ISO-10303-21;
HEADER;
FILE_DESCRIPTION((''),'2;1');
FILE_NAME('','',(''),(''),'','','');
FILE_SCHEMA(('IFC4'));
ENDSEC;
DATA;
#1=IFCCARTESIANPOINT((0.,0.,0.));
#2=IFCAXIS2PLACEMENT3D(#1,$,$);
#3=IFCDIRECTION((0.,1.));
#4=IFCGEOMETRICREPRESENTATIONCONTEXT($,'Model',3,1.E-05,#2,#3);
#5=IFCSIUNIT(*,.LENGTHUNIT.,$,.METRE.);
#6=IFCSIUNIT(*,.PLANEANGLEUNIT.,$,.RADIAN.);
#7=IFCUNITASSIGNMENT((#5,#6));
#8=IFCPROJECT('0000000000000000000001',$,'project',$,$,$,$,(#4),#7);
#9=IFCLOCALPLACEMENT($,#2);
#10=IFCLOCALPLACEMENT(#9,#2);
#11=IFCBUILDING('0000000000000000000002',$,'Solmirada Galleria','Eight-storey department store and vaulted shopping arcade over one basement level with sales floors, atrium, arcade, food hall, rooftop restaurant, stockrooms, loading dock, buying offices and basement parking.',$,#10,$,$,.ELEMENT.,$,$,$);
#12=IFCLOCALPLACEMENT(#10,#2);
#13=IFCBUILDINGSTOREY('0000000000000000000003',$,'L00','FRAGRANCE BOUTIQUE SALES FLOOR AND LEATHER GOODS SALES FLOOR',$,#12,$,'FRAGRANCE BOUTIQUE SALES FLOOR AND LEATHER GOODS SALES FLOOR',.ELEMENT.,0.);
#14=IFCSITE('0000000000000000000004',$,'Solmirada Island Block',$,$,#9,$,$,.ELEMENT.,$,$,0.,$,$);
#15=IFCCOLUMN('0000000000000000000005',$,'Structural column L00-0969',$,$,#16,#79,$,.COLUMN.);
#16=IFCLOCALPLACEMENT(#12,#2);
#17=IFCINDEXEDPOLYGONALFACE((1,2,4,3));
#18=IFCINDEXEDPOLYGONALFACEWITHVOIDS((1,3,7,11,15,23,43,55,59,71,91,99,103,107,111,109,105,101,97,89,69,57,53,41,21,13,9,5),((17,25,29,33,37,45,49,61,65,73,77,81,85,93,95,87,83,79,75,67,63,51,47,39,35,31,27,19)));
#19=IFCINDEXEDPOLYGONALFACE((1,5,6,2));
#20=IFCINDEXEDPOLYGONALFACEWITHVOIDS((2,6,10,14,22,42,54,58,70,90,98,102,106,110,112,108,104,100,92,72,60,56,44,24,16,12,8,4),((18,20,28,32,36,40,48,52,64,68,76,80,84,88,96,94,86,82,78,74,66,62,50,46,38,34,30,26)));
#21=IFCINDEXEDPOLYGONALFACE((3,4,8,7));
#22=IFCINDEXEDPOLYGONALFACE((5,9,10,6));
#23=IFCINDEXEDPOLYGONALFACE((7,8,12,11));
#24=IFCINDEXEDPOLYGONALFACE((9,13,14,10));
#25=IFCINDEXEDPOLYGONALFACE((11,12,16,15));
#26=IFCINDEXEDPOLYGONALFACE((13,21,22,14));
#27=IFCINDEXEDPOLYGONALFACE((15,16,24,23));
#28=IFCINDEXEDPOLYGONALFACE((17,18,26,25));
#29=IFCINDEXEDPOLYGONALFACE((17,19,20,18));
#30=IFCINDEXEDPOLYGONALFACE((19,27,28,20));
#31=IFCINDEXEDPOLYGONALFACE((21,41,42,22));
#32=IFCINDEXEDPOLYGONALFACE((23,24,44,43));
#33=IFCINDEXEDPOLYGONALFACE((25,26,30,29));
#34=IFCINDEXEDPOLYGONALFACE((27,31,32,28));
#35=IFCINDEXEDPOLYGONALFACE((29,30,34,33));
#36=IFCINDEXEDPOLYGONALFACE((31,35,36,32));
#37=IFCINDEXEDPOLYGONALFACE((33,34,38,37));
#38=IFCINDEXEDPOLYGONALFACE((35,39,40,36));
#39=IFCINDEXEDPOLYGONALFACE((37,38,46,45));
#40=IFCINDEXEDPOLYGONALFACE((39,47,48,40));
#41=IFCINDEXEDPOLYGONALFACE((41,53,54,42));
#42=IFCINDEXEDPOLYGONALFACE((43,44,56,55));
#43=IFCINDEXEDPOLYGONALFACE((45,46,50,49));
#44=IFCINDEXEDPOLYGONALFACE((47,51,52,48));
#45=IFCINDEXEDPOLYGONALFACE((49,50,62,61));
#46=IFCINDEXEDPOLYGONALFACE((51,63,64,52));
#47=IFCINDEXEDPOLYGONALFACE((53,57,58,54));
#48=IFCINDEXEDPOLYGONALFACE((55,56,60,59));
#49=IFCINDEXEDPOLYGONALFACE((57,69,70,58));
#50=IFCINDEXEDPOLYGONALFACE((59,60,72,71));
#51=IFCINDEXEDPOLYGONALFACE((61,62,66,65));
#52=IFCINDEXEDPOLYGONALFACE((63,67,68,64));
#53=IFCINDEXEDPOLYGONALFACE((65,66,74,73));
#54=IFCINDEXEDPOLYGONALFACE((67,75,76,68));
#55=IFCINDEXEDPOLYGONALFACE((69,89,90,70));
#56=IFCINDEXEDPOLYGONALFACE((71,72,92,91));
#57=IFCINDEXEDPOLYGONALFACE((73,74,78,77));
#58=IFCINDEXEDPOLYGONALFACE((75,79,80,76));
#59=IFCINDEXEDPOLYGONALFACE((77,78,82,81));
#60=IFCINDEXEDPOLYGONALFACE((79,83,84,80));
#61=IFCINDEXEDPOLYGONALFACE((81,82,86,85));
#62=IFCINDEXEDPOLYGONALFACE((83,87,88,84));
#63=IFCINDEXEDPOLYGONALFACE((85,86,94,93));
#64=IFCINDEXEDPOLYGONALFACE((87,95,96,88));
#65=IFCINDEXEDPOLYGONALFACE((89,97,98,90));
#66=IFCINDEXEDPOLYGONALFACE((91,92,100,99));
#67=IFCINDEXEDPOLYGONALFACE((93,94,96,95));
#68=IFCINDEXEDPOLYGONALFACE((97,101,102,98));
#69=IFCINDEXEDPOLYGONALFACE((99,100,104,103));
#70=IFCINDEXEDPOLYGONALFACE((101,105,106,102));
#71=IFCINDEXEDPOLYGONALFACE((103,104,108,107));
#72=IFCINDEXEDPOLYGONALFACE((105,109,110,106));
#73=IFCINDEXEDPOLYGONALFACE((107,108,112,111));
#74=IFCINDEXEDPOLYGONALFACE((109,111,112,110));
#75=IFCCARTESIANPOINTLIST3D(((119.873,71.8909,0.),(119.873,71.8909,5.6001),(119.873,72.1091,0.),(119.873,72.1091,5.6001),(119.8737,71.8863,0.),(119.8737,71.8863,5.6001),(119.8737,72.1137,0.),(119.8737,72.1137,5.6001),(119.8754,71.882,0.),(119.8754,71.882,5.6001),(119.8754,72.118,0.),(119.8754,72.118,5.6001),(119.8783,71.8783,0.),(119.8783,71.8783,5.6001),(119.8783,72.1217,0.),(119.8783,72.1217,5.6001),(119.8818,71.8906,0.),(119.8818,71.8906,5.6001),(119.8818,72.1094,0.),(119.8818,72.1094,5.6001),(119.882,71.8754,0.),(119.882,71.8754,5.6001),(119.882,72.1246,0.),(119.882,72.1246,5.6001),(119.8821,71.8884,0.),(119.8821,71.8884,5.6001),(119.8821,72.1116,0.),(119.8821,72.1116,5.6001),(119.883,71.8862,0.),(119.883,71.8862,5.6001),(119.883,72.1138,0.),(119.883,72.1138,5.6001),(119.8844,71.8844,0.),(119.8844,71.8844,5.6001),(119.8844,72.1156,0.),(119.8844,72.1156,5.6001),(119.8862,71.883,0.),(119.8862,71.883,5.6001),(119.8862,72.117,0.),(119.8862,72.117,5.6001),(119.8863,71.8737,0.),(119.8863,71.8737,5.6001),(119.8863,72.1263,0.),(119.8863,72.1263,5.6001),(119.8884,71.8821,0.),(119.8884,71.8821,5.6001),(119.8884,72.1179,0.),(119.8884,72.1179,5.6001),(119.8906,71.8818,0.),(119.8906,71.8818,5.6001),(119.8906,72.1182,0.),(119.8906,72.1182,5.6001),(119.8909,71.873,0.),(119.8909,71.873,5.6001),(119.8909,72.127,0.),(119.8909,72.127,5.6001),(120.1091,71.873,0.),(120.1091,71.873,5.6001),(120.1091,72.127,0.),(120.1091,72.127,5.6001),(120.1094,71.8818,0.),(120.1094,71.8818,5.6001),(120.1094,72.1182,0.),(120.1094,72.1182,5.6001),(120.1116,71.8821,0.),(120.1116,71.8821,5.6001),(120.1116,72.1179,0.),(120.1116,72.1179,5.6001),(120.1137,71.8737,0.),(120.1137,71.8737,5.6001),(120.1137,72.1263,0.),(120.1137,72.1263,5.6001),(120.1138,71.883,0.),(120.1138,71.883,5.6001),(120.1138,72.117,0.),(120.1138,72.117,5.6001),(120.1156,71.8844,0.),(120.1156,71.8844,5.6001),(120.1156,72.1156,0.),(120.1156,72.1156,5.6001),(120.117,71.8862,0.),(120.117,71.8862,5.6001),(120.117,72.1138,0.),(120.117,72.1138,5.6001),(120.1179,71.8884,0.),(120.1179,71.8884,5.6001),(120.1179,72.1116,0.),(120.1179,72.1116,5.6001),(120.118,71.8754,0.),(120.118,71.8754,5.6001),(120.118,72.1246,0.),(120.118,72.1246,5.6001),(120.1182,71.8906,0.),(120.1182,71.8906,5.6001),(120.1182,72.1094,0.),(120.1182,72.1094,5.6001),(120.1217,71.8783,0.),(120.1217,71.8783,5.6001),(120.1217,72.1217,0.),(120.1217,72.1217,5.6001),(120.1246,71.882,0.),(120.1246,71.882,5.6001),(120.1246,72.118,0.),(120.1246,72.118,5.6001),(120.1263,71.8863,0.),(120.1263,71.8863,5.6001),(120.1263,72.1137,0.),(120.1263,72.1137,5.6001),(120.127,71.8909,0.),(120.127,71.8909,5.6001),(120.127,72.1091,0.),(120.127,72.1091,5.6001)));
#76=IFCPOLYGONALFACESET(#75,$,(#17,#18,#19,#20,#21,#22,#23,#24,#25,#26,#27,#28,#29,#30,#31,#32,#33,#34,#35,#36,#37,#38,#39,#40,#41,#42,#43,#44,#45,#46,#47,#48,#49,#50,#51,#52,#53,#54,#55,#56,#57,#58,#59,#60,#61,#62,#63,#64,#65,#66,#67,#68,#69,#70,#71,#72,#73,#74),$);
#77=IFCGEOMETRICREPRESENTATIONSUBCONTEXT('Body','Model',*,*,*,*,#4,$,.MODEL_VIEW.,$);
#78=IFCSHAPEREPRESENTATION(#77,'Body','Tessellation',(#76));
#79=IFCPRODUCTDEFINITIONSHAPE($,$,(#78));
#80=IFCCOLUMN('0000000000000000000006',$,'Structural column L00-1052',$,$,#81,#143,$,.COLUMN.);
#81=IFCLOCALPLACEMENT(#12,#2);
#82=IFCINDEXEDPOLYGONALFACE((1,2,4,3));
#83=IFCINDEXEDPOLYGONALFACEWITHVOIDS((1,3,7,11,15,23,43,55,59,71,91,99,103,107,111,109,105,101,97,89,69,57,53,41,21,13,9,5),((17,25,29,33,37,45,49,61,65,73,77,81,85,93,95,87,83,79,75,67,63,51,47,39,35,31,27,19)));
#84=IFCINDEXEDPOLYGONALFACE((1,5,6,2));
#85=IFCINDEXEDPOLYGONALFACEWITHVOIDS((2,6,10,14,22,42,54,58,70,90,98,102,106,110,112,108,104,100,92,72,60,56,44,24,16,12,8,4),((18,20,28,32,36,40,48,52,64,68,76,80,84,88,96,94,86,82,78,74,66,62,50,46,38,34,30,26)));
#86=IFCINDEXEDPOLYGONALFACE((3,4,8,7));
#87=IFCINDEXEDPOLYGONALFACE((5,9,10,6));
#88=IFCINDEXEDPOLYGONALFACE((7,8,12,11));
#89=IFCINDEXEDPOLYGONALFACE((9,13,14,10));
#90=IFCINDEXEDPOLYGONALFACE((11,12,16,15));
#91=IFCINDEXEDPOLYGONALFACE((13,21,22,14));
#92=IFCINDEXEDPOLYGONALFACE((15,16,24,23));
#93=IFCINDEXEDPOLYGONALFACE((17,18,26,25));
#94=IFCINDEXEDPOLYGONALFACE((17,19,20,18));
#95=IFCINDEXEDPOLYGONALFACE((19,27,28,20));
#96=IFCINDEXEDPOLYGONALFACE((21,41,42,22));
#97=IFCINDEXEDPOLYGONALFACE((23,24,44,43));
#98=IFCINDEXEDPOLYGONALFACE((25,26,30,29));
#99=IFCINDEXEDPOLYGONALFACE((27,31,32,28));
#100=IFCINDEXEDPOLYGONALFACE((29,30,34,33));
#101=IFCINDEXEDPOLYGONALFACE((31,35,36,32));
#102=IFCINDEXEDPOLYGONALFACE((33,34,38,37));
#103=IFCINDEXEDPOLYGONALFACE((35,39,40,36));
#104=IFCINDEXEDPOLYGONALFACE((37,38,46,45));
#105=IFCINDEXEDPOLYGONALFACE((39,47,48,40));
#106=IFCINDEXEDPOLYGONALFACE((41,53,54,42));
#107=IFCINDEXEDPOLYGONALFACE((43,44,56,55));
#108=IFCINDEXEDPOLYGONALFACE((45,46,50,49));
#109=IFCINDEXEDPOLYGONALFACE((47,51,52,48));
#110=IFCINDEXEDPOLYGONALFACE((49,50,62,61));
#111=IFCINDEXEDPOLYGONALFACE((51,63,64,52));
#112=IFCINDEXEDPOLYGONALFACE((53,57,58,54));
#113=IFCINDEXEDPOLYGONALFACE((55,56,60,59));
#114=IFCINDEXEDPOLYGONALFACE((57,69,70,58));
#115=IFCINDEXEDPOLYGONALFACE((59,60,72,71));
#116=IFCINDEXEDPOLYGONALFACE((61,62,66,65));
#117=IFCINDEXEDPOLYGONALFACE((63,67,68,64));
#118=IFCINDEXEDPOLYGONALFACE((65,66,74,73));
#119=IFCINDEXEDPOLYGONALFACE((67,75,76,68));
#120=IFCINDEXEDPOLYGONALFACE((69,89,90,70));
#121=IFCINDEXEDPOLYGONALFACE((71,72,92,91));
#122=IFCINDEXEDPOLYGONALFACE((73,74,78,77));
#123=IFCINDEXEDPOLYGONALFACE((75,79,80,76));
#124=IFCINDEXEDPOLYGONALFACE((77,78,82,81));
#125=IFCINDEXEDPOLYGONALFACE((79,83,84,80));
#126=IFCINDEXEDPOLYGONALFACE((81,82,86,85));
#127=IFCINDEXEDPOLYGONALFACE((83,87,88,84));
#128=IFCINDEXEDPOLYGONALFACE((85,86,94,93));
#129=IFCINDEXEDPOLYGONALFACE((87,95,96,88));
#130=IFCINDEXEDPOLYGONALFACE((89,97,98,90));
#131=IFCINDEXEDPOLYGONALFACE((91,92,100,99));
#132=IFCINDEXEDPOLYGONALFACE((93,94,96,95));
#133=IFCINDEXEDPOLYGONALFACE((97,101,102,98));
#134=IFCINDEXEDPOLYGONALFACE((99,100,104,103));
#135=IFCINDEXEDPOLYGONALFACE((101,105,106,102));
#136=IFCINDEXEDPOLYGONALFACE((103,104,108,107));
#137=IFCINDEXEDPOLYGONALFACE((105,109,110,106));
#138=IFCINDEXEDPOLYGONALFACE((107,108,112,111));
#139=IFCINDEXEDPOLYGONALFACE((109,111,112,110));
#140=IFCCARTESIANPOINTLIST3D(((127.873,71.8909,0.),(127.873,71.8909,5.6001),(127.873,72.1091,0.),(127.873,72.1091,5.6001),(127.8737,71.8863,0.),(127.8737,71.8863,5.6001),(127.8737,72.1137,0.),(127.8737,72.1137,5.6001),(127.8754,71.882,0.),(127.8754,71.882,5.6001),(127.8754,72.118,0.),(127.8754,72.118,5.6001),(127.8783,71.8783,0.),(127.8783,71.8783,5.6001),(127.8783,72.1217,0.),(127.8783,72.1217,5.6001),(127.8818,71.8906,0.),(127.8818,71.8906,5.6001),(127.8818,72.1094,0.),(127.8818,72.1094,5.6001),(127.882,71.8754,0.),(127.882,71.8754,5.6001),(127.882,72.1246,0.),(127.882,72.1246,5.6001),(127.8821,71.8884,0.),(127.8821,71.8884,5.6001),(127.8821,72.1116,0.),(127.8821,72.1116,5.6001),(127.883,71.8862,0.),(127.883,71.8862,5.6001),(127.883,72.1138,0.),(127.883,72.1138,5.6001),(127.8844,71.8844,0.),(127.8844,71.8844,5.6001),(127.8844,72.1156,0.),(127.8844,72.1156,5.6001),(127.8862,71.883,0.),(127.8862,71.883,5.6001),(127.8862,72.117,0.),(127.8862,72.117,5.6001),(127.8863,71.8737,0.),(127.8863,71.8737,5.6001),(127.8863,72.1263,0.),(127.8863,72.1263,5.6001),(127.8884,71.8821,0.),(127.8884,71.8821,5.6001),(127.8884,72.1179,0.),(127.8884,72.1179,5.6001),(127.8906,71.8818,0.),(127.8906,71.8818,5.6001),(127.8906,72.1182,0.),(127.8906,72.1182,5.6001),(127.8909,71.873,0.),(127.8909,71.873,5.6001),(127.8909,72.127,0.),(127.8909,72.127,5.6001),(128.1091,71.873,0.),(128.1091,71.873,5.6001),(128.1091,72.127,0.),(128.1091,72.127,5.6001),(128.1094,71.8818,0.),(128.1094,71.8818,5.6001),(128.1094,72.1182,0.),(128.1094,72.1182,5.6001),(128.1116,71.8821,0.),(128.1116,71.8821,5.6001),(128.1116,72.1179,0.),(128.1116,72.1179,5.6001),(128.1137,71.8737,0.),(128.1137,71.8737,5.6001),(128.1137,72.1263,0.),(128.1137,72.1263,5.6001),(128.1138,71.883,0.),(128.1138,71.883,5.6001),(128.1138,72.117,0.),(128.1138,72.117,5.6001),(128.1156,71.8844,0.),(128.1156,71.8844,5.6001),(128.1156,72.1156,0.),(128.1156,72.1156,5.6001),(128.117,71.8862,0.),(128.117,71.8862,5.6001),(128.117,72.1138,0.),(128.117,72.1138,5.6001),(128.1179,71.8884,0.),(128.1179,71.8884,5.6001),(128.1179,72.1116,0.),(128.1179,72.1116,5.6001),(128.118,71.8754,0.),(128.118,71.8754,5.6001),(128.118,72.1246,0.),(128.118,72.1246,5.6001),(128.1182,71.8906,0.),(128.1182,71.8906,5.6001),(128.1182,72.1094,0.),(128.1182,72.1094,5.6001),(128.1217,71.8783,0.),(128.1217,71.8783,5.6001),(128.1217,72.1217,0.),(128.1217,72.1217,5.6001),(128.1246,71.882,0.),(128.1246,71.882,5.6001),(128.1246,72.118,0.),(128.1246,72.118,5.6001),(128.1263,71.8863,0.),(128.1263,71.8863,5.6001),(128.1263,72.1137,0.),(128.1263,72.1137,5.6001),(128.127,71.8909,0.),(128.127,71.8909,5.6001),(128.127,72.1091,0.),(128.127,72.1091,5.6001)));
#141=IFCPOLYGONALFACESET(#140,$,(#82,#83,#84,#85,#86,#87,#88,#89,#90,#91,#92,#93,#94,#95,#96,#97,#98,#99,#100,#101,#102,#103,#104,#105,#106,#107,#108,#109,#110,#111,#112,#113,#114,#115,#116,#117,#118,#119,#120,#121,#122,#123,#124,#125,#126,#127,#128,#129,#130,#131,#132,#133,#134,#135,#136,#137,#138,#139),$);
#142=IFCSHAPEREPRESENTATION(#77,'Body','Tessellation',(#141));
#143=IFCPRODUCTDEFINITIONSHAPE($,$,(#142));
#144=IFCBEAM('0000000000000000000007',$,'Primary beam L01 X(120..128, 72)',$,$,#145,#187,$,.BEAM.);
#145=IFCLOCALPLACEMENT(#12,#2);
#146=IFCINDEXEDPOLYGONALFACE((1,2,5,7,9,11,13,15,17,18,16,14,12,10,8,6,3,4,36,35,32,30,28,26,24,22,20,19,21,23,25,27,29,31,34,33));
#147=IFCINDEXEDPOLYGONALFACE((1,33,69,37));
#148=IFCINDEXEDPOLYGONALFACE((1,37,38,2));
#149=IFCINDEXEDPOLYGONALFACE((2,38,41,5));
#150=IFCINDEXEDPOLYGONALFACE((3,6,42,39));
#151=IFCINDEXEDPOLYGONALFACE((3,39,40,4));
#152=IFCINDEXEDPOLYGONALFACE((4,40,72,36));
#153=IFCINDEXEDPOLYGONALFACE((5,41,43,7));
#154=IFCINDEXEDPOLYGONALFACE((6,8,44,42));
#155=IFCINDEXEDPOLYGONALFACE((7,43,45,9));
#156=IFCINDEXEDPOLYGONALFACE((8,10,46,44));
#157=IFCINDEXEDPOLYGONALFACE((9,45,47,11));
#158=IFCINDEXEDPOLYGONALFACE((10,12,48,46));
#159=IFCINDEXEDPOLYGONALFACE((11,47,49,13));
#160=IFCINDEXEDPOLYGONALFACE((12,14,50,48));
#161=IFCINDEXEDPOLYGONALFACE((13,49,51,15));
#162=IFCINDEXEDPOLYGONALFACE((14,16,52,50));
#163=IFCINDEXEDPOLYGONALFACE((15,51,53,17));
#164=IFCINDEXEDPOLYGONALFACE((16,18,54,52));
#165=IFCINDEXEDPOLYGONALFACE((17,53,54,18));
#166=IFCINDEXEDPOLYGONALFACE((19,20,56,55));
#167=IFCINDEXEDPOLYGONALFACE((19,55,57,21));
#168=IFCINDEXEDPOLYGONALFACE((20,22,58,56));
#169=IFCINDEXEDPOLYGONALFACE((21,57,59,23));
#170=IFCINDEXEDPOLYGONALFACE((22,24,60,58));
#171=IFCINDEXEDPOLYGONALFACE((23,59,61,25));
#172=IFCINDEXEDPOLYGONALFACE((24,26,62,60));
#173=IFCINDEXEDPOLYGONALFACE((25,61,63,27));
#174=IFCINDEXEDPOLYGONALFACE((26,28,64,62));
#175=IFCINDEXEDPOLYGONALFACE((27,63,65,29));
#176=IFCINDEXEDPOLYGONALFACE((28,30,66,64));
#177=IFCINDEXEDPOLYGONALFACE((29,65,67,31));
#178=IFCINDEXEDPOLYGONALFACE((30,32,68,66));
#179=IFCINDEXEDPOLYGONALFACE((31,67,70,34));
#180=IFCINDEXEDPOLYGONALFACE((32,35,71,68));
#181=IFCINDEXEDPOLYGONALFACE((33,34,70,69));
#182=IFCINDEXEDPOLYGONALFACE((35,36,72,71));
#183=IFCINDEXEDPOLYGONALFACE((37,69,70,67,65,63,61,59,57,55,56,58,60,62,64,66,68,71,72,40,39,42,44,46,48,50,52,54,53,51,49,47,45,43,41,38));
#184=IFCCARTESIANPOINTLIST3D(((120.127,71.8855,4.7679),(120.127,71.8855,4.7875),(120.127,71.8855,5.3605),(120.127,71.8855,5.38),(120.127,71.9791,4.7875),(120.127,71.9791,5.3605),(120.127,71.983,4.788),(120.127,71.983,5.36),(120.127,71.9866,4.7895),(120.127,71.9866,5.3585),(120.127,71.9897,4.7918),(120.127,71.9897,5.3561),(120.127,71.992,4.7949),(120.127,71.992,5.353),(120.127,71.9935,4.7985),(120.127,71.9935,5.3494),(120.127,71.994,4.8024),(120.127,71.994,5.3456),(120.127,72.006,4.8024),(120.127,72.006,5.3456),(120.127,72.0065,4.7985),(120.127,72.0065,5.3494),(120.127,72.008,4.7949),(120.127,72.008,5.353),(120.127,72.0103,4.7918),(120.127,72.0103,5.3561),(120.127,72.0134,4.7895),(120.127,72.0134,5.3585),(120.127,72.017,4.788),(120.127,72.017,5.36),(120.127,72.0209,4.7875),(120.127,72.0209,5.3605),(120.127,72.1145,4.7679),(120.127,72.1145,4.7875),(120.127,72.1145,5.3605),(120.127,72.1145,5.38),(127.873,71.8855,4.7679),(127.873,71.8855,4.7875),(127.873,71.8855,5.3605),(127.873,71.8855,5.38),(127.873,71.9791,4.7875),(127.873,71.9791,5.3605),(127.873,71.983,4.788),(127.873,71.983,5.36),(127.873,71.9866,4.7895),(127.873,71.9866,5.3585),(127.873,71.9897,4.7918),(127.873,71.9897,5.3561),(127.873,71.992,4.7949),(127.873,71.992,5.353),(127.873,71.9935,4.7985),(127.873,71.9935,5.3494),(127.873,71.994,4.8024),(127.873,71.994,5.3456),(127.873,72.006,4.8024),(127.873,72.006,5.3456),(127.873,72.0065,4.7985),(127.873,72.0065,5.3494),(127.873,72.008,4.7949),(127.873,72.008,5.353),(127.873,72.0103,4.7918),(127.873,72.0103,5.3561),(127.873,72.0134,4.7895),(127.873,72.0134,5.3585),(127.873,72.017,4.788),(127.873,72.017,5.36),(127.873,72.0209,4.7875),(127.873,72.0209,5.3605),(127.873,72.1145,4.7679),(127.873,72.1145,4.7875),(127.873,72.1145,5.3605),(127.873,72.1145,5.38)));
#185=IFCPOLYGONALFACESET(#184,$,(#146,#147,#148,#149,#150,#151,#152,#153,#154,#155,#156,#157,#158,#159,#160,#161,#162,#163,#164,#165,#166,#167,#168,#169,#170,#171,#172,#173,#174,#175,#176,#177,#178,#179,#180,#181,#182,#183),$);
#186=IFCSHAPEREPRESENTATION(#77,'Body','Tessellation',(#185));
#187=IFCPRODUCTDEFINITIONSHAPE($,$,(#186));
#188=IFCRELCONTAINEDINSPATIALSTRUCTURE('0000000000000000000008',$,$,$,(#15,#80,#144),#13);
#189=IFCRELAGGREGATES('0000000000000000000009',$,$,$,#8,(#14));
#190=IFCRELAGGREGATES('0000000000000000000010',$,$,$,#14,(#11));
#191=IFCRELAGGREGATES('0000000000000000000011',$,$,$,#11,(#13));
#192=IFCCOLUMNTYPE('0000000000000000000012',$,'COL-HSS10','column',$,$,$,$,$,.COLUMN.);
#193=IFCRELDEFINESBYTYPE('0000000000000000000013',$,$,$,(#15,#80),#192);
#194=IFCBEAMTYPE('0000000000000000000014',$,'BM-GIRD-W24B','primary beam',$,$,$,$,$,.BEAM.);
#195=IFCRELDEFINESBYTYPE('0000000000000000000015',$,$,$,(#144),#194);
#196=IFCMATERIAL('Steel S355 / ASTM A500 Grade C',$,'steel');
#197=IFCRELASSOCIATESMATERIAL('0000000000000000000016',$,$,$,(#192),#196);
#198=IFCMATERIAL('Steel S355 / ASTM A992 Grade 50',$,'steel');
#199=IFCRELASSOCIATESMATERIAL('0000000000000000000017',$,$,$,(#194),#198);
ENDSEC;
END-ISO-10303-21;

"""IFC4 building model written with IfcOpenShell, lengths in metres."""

from ifc_helpers import new_model, si_unit, direction, frame, origin, origin_2d, place, context, subcontext, project, spatial, hollow_rectangle, i_section, extrude, material, material_profile, profile_set, type_object, element, save


model = new_model("IFC4")

# Units and contexts
model_context = context("Model", 3, precision=1e-05, world=origin(), true_north=direction((0.0, 1.0)))
body_context = subcontext(model_context, "Body", "Model", "MODEL_VIEW")
ifc_project = project(units=[si_unit("LENGTHUNIT", "METRE"), si_unit("PLANEANGLEUNIT", "RADIAN")], contexts=[model_context])

# Site, building, storey
site_placement = place(None, origin())
site = spatial("IfcSite", under=ifc_project, at=site_placement, Name="Solmirada Island Block", CompositionType="ELEMENT", RefElevation=0.0)
building_placement = place(site_placement, origin())
building = spatial("IfcBuilding", under=site, at=building_placement, Name="Solmirada Galleria", Description="Eight-storey department store and vaulted shopping arcade over one basement level with sales floors, atrium, arcade, food hall, rooftop restaurant, stockrooms, loading dock, buying offices and basement parking.", CompositionType="ELEMENT")
storey_placement = place(building_placement, origin())
storey = spatial("IfcBuildingStorey", under=building, at=storey_placement, Name="L00", Description="FRAGRANCE BOUTIQUE SALES FLOOR AND LEATHER GOODS SALES FLOOR", LongName="FRAGRANCE BOUTIQUE SALES FLOOR AND LEATHER GOODS SALES FLOOR", CompositionType="ELEMENT", Elevation=0.0)

# Columns
ifc_material_1 = material(Name="Steel S355 / ASTM A500 Grade C", Category="steel")
ifc_material_profile_1 = material_profile(ifc_material_1, hollow_rectangle(XDim=0.2539, YDim=0.2539, WallThickness=0.0088, InnerFilletRadius=0.0088, OuterFilletRadius=0.0178, at=origin_2d()), Name="HSS10X10X3/8")
ifc_profile_set_1 = profile_set([ifc_material_profile_1], Name="Steel S355 / ASTM A500 Grade C")
column_type = type_object("IfcColumnType", Name="COL-HSS10", Description="column", PredefinedType="COLUMN", material=ifc_profile_set_1)
for number, where, z_axis, x_axis, name in (
    (1, (120.0, 72.0, 0.0), (0.0, 0.0, 1.0), (1.0, 0.0, 0.0), "Structural column L00-0969"),
    (2, (128.0, 72.0, 0.0), (0.0, 0.0, 1.0), (1.0, 0.0, 0.0), "Structural column L00-1052"),
):
    element("IfcColumn", number, at=place(storey_placement, frame(where, z_axis=z_axis, x_axis=x_axis)), inside=storey, type_object=column_type, Name=name, PredefinedType="COLUMN", context=body_context, shape_type="SweptSolid", body=[
        extrude(hollow_rectangle(XDim=0.2539, YDim=0.2539, WallThickness=0.0088, InnerFilletRadius=0.0088, OuterFilletRadius=0.0178, at=origin_2d()), origin(), (0.0, 0.0, 1.0), 5.6001),
    ])

# Beam
ifc_material_2 = material(Name="Steel S355 / ASTM A992 Grade 50", Category="steel")
ifc_material_profile_2 = material_profile(ifc_material_2, i_section(OverallWidth=0.229, OverallDepth=0.6121, WebThickness=0.012, FlangeThickness=0.0195, FilletRadius=0.0149, at=origin_2d()), Name="W24X84")
ifc_profile_set_2 = profile_set([ifc_material_profile_2], Name="Steel S355 / ASTM A992 Grade 50")
beam_type_1 = type_object("IfcBeamType", Name="BM-GIRD-W24B", Description="primary beam", PredefinedType="BEAM", material=ifc_profile_set_2)
for number, where, z_axis, x_axis, name in (
    (3, (120.127, 72.0, 5.074), (1.0, 0.0, 0.0), (0.0, 1.0, 0.0), "Primary beam L01 X(120..128, 72)"),
):
    element("IfcBeam", number, at=place(storey_placement, frame(where, z_axis=z_axis, x_axis=x_axis)), inside=storey, type_object=beam_type_1, Name=name, PredefinedType="BEAM", context=body_context, shape_type="SweptSolid", body=[
        extrude(i_section(OverallWidth=0.229, OverallDepth=0.6121, WebThickness=0.012, FlangeThickness=0.0195, FilletRadius=0.0149, at=origin_2d()), origin(), (0.0, 0.0, 1.0), 7.7461),
    ])

save(model, "model.ifc")
